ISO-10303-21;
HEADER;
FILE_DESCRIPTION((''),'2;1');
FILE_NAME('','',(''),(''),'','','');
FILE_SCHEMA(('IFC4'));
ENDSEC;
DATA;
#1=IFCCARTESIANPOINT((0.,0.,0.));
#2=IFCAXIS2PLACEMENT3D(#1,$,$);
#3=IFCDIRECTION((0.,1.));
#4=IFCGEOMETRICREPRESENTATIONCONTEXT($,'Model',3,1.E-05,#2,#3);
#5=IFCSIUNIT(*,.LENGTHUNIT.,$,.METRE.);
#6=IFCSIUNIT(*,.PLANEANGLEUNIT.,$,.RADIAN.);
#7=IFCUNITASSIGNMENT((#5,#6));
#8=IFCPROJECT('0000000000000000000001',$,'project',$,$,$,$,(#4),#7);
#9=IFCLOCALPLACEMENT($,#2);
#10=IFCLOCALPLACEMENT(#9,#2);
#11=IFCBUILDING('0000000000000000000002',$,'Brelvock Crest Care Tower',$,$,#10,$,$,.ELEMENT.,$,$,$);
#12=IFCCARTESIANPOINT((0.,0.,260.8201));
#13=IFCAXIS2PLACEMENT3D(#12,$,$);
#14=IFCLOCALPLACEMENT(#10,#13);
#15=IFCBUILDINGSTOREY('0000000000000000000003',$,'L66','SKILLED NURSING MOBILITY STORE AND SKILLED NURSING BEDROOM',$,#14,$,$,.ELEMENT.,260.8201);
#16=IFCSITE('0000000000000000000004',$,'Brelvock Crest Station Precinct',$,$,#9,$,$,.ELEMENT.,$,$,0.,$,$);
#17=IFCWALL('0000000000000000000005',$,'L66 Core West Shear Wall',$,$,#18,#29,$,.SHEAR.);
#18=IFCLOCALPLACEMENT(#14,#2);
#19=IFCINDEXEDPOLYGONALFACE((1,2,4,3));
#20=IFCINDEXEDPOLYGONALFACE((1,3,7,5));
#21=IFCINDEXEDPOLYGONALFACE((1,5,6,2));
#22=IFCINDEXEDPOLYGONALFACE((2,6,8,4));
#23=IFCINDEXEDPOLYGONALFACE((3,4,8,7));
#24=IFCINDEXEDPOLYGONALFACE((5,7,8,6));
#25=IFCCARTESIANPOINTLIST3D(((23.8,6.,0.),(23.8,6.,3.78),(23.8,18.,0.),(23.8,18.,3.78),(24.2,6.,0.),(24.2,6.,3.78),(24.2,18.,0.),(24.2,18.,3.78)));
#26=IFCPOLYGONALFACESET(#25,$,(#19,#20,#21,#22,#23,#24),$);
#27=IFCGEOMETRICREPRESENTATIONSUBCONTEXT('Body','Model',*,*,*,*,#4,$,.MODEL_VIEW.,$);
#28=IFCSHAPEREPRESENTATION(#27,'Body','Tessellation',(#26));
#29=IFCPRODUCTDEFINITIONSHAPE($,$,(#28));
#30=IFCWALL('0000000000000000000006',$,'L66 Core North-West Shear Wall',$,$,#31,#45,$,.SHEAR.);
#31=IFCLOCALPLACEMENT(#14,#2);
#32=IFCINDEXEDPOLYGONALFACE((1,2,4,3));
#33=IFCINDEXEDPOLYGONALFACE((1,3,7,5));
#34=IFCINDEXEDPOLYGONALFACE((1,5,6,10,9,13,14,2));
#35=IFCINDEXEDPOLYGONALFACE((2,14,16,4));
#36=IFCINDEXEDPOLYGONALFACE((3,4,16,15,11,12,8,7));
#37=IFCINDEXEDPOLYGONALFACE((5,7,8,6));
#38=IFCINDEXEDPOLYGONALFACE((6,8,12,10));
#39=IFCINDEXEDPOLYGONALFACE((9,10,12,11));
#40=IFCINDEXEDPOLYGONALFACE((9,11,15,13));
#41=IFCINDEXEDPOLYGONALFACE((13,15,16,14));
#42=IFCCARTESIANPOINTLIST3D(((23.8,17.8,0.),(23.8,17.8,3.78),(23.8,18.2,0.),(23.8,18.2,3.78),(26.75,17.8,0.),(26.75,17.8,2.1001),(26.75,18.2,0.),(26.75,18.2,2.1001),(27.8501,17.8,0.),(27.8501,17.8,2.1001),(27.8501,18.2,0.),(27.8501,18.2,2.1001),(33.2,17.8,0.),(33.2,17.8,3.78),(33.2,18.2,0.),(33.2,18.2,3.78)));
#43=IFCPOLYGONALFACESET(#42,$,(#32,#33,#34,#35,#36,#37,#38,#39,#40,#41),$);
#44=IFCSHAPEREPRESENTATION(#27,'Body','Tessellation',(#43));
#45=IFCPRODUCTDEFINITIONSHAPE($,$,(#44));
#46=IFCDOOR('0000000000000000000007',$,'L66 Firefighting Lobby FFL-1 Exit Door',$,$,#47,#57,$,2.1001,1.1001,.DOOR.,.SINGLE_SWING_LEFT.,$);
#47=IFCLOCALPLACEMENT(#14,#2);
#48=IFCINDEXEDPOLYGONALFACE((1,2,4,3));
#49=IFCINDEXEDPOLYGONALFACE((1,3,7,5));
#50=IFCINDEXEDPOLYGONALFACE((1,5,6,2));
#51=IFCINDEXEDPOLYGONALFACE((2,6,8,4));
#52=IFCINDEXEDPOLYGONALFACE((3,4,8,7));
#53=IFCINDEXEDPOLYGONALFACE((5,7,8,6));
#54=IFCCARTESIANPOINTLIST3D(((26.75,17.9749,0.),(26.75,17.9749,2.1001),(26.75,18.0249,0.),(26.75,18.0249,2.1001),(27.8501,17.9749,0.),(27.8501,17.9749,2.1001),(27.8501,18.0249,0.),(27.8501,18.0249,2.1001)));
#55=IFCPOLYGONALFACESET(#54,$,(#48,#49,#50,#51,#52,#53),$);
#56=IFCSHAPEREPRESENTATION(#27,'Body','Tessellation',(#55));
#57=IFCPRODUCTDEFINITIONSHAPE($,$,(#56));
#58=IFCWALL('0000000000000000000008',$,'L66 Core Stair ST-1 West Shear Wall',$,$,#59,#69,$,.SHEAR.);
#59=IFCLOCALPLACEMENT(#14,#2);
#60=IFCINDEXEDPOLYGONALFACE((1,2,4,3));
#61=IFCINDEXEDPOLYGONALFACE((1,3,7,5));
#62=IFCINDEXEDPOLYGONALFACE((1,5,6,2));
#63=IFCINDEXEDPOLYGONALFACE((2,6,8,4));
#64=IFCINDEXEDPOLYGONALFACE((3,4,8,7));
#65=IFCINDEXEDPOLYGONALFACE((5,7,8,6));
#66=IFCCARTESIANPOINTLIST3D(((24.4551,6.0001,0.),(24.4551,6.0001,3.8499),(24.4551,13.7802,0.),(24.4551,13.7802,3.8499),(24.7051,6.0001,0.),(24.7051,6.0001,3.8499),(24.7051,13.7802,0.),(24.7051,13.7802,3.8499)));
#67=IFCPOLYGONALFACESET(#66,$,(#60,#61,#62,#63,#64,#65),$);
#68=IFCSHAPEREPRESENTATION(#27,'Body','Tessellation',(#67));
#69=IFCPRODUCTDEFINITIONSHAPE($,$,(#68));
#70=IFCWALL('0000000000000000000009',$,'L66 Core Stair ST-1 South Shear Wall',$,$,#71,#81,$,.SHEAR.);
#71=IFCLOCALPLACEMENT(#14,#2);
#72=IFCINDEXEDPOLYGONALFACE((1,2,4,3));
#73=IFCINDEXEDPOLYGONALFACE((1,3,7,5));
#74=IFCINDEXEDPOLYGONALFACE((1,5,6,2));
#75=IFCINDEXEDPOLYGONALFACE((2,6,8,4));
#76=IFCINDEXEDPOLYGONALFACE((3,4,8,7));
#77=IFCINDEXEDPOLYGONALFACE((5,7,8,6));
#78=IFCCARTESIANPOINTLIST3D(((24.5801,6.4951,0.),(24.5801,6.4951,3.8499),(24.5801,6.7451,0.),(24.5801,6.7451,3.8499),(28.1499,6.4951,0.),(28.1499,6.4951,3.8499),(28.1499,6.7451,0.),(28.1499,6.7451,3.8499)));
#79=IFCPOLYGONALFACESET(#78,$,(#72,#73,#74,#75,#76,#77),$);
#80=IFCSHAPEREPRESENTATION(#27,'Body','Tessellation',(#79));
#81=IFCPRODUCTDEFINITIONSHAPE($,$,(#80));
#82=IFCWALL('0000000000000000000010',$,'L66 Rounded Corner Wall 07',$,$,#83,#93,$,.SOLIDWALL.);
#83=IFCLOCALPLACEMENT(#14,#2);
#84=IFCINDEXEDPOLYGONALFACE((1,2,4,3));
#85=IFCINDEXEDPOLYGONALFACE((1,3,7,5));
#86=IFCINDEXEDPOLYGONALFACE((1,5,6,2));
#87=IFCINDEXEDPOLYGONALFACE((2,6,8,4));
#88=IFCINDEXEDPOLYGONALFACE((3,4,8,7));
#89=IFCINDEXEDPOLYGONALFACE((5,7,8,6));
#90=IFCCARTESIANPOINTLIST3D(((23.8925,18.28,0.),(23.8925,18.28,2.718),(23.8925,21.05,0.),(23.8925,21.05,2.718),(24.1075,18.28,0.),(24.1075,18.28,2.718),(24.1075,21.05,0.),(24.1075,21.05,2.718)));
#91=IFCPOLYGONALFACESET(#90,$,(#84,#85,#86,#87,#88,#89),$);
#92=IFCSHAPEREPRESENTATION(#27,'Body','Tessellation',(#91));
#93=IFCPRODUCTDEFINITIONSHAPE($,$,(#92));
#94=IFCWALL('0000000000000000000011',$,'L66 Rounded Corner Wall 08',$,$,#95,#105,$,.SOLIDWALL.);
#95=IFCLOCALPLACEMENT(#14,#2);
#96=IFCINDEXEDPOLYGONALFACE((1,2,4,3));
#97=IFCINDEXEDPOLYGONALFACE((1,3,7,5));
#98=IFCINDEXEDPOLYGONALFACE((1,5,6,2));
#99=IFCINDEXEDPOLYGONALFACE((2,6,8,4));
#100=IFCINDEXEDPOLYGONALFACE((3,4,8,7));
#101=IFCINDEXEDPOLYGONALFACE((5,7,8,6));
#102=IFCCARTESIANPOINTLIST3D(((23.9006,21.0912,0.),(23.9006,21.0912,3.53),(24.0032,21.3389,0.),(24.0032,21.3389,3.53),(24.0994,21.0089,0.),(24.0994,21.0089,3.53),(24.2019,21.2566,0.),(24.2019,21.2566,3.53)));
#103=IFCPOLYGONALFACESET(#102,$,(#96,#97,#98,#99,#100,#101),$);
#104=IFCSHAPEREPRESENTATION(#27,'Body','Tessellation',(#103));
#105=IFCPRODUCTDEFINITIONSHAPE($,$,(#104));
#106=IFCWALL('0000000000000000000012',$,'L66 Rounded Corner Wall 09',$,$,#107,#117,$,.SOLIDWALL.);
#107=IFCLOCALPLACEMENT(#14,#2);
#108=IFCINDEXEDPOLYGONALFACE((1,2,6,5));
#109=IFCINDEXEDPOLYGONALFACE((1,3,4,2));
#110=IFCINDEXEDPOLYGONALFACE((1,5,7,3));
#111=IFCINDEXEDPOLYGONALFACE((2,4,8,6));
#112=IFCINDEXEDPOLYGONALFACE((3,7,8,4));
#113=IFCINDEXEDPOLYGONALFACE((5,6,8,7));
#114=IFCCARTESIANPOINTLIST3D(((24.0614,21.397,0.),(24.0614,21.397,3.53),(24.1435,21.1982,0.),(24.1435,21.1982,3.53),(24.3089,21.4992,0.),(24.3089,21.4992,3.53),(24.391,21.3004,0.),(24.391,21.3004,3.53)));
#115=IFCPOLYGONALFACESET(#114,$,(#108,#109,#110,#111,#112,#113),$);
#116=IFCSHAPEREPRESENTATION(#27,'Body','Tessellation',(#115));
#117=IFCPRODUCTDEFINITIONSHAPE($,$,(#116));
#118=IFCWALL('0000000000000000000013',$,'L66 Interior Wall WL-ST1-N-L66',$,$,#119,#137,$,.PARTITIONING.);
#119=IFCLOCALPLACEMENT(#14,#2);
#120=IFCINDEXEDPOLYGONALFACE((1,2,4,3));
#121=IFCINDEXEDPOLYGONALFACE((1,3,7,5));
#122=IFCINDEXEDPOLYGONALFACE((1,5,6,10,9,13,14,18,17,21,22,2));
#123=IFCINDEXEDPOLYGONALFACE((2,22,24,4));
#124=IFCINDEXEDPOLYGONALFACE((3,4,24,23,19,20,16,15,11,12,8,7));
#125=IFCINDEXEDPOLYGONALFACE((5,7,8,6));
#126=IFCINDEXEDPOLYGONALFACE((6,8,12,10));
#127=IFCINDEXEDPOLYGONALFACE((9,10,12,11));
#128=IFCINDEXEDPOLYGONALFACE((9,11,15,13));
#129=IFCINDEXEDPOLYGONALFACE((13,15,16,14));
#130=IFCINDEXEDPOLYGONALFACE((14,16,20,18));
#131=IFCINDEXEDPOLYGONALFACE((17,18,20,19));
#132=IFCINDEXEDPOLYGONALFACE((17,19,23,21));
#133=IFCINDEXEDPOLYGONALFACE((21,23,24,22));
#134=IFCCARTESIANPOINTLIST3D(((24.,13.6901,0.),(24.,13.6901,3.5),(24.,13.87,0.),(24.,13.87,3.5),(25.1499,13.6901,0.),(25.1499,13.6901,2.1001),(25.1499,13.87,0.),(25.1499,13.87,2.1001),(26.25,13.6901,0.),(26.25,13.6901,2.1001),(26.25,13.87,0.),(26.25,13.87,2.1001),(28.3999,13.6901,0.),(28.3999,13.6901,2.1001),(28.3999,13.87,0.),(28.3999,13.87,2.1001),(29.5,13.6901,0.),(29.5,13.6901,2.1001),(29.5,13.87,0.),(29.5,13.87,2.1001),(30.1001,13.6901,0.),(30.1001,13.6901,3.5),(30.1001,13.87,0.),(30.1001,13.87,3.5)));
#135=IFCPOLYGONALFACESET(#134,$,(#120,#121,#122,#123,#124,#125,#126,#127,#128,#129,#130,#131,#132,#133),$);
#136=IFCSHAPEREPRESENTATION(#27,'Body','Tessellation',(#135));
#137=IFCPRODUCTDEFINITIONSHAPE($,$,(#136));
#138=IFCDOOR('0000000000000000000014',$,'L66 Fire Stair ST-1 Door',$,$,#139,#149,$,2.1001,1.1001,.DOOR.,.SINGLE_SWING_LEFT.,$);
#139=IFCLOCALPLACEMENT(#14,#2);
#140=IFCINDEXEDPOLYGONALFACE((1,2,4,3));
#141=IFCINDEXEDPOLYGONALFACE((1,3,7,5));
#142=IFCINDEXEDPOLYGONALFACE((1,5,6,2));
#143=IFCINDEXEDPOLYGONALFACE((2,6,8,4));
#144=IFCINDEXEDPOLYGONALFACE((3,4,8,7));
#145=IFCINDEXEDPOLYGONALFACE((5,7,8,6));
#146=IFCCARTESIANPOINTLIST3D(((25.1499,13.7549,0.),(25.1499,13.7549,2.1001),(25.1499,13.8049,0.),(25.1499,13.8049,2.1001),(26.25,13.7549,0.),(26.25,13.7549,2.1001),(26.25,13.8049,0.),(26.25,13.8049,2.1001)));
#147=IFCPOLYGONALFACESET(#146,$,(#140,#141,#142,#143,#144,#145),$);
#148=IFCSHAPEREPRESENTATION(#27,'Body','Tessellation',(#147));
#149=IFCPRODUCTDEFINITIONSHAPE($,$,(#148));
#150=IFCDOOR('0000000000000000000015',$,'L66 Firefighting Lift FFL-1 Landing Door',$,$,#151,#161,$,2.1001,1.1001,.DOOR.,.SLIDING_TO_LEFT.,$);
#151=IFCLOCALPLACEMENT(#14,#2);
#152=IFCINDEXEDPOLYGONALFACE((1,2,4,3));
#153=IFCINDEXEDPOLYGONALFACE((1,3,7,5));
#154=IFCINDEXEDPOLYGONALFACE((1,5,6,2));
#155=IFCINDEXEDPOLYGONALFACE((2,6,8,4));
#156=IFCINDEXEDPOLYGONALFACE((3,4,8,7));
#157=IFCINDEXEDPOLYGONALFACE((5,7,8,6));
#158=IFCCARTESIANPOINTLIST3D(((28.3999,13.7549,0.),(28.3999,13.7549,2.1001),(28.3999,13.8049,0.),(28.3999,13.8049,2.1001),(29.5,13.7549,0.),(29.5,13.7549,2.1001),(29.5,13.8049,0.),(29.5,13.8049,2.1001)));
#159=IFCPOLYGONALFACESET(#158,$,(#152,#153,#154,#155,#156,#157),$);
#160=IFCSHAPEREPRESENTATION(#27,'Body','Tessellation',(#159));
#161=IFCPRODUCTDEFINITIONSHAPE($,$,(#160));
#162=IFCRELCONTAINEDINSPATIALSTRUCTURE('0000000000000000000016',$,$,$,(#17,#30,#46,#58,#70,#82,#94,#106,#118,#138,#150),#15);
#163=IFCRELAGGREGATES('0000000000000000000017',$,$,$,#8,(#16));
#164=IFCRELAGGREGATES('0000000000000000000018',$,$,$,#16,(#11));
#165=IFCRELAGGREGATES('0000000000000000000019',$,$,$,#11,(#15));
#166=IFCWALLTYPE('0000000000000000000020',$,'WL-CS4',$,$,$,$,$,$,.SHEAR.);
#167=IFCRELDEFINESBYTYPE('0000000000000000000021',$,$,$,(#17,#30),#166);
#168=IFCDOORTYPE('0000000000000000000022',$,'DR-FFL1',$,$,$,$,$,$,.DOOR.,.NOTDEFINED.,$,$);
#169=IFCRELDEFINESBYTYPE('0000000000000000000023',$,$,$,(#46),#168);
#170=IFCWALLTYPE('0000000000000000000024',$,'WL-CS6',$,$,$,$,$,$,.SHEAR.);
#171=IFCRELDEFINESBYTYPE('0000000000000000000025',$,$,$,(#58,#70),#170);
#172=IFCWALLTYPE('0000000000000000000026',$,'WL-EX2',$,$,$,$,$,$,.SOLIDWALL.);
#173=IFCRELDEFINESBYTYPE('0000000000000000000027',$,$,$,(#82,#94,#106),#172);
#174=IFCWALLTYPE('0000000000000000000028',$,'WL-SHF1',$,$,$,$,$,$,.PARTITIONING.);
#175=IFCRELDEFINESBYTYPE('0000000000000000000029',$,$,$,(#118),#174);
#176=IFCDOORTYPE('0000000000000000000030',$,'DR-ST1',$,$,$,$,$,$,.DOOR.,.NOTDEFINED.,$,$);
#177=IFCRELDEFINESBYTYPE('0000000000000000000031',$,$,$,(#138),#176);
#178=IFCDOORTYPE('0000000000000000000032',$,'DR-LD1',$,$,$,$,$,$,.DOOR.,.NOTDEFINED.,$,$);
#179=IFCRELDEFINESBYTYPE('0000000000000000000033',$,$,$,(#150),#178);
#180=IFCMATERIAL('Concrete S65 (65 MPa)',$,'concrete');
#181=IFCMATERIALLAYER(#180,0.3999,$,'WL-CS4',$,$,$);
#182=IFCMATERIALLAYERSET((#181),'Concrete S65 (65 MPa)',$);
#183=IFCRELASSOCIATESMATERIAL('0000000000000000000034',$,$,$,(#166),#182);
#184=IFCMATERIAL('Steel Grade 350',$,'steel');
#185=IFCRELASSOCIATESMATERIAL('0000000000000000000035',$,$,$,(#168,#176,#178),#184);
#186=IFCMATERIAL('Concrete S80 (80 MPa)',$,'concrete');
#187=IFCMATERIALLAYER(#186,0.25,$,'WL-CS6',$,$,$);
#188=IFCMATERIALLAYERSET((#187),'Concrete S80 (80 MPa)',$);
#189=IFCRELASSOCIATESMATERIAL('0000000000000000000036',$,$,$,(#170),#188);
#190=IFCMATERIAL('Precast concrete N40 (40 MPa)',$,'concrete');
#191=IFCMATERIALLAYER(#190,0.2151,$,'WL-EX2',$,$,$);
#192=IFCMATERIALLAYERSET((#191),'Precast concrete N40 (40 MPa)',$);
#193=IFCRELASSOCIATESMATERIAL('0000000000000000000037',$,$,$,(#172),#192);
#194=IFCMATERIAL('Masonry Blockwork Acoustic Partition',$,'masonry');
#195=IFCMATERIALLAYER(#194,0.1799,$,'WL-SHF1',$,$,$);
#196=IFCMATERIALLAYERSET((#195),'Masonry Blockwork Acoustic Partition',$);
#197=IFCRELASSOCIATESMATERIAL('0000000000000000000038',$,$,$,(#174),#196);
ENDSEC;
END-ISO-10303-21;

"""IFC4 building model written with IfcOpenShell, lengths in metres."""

from ifc_helpers import new_model, si_unit, direction, frame, frame_2d, origin, origin_2d, place, context, subcontext, project, spatial, rectangle, extrude, source, transform, mapped, material, layer, layer_set, type_object, element, fill, save


model = new_model("IFC4")

# Units and contexts
model_context = context("Model", 3, precision=1e-05, world=origin(), true_north=direction((0.0, 1.0)))
body_context = subcontext(model_context, "Body", "Model", "MODEL_VIEW")
ifc_project = project(units=[si_unit("LENGTHUNIT", "METRE"), si_unit("PLANEANGLEUNIT", "RADIAN")], contexts=[model_context])

# Site, building, storey
site_placement = place(None, origin())
site = spatial("IfcSite", under=ifc_project, at=site_placement, Name="Brelvock Crest Station Precinct", CompositionType="ELEMENT", RefElevation=0.0)
building_placement = place(site_placement, origin())
building = spatial("IfcBuilding", under=site, at=building_placement, Name="Brelvock Crest Care Tower", CompositionType="ELEMENT")
storey_placement = place(building_placement, frame((0.0, 0.0, 260.8201)))
storey = spatial("IfcBuildingStorey", under=building, at=storey_placement, Name="L66", Description="SKILLED NURSING MOBILITY STORE AND SKILLED NURSING BEDROOM", CompositionType="ELEMENT", Elevation=260.8201)

# Shared definitions
ifc_material_1 = material(Name="Concrete S65 (65 MPa)", Category="concrete")

# Shared definitions
ifc_material_2 = material(Name="Steel Grade 350", Category="steel")

# Wall
ifc_layer_1 = layer(ifc_material_1, 0.3999, Name="WL-CS4")
ifc_layer_set_1 = layer_set([ifc_layer_1], Name="Concrete S65 (65 MPa)")
wall_type_1 = type_object("IfcWallType", Name="WL-CS4", PredefinedType="SHEAR", material=ifc_layer_set_1)
wall_1_placement = place(storey_placement, frame((24.0, 6.0, 0.0), z_axis=(0.0, 0.0, 1.0), x_axis=(0.0, 1.0, 0.0)))
element("IfcWall", 1, at=wall_1_placement, inside=storey, type_object=wall_type_1, Name="L66 Core West Shear Wall", PredefinedType="SHEAR", context=body_context, shape_type="SweptSolid", body=[
    extrude(rectangle(XDim=12.0, YDim=0.3999, at=frame_2d((6.0, 0.0))), origin(), (0.0, 0.0, 1.0), 3.78),
])

# Wall, opening, door
wall_2_placement = place(storey_placement, frame((23.8, 18.0, 0.0), z_axis=(0.0, 0.0, 1.0), x_axis=(1.0, 0.0, 0.0)))
wall_2 = element("IfcWall", 2, at=wall_2_placement, inside=storey, type_object=wall_type_1, Name="L66 Core North-West Shear Wall", PredefinedType="SHEAR", context=body_context, shape_type="SweptSolid", body=[
    extrude(rectangle(XDim=9.3999, YDim=0.3999, at=frame_2d((4.7, 0.0))), origin(), (0.0, 0.0, 1.0), 3.78),
])
opening_1_placement = place(wall_2_placement, frame((2.95, 0.0, 0.0)))
opening_1 = element("IfcOpeningElement", 3, at=opening_1_placement, cuts=wall_2, PredefinedType="OPENING", context=body_context, shape_type="SweptSolid", body=[
    extrude(rectangle(XDim=1.1001, YDim=2.1001, at=origin_2d()), frame((0.55, 0.21, 1.05), z_axis=(0.0, -1.0, 0.0), x_axis=(1.0, 0.0, 0.0)), (0.0, 0.0, 1.0), 0.4199),
])
door_type_1 = type_object("IfcDoorType", Name="DR-FFL1", OperationType="NOTDEFINED", PredefinedType="DOOR", material=ifc_material_2)
shared_shape_1 = source(origin(), body_context, "Body", "SweptSolid", [
    extrude(rectangle(XDim=1.1001, YDim=2.1001, at=origin_2d()), frame((0.55, 0.0249, 1.05), z_axis=(0.0, -1.0, 0.0), x_axis=(1.0, 0.0, 0.0)), (0.0, 0.0, 1.0), 0.05),
])
door_1_placement = place(opening_1_placement, origin())
door_1 = element("IfcDoor", 4, at=door_1_placement, inside=storey, type_object=door_type_1, Name="L66 Firefighting Lobby FFL-1 Exit Door", OperationType="SINGLE_SWING_LEFT", OverallHeight=2.1001, OverallWidth=1.1001, PredefinedType="DOOR", context=body_context, shape_type="MappedRepresentation", body=[
    mapped(shared_shape_1, transform((0.0, 0.0, 0.0), x_axis=(1.0, 0.0, 0.0), y_axis=(0.0, 1.0, 0.0), z_axis=(0.0, 0.0, 1.0), scale=1.0)),
])
fill(opening_1, door_1)

# Walls
ifc_material_3 = material(Name="Concrete S80 (80 MPa)", Category="concrete")
ifc_layer_2 = layer(ifc_material_3, 0.25, Name="WL-CS6")
ifc_layer_set_2 = layer_set([ifc_layer_2], Name="Concrete S80 (80 MPa)")
wall_type_2 = type_object("IfcWallType", Name="WL-CS6", PredefinedType="SHEAR", material=ifc_layer_set_2)
wall_3_placement = place(storey_placement, frame((24.5801, 6.0, 0.0), z_axis=(0.0, 0.0, 1.0), x_axis=(0.0, 1.0, 0.0)))
element("IfcWall", 5, at=wall_3_placement, inside=storey, type_object=wall_type_2, Name="L66 Core Stair ST-1 West Shear Wall", PredefinedType="SHEAR", context=body_context, shape_type="SweptSolid", body=[
    extrude(rectangle(XDim=7.78, YDim=0.25, at=frame_2d((3.8901, 0.0))), origin(), (0.0, 0.0, 1.0), 3.8499),
])
wall_4_placement = place(storey_placement, frame((24.5801, 6.6201, 0.0), z_axis=(0.0, 0.0, 1.0), x_axis=(1.0, 0.0, 0.0)))
element("IfcWall", 6, at=wall_4_placement, inside=storey, type_object=wall_type_2, Name="L66 Core Stair ST-1 South Shear Wall", PredefinedType="SHEAR", context=body_context, shape_type="SweptSolid", body=[
    extrude(rectangle(XDim=3.5698, YDim=0.25, at=frame_2d((1.7849, 0.0))), origin(), (0.0, 0.0, 1.0), 3.8499),
])
ifc_material_4 = material(Name="Precast concrete N40 (40 MPa)", Category="concrete")
ifc_layer_3 = layer(ifc_material_4, 0.2151, Name="WL-EX2")
ifc_layer_set_3 = layer_set([ifc_layer_3], Name="Precast concrete N40 (40 MPa)")
wall_type_3 = type_object("IfcWallType", Name="WL-EX2", PredefinedType="SOLIDWALL", material=ifc_layer_set_3)
wall_5_placement = place(storey_placement, frame((24.0, 18.28, 0.0), z_axis=(0.0, 0.0, 1.0), x_axis=(0.0, 1.0, 0.0)))
element("IfcWall", 7, at=wall_5_placement, inside=storey, type_object=wall_type_3, Name="L66 Rounded Corner Wall 07", PredefinedType="SOLIDWALL", context=body_context, shape_type="SweptSolid", body=[
    extrude(rectangle(XDim=2.77, YDim=0.2151, at=frame_2d((1.385, 0.0))), origin(), (0.0, 0.0, 1.0), 2.718),
])
wall_6_placement = place(storey_placement, frame((24.0, 21.05, 0.0), z_axis=(0.0, 0.0, 1.0), x_axis=(0.382674, 0.923884, 0.0)))
element("IfcWall", 8, at=wall_6_placement, inside=storey, type_object=wall_type_3, Name="L66 Rounded Corner Wall 08", PredefinedType="SOLIDWALL", context=body_context, shape_type="SweptSolid", body=[
    extrude(rectangle(XDim=0.2681, YDim=0.2151, at=frame_2d((0.134, 0.0))), origin(), (0.0, 0.0, 1.0), 3.53),
])
wall_7_placement = place(storey_placement, frame((24.1025, 21.2976, 0.0), z_axis=(0.0, 0.0, 1.0), x_axis=(0.924205, 0.381896, 0.0)))
element("IfcWall", 9, at=wall_7_placement, inside=storey, type_object=wall_type_3, Name="L66 Rounded Corner Wall 09", PredefinedType="SOLIDWALL", context=body_context, shape_type="SweptSolid", body=[
    extrude(rectangle(XDim=0.2678, YDim=0.2151, at=frame_2d((0.1338, 0.0))), origin(), (0.0, 0.0, 1.0), 3.53),
])

# Wall, openings, doors
ifc_material_5 = material(Name="Masonry Blockwork Acoustic Partition", Category="masonry")
ifc_layer_4 = layer(ifc_material_5, 0.1799, Name="WL-SHF1")
ifc_layer_set_4 = layer_set([ifc_layer_4], Name="Masonry Blockwork Acoustic Partition")
wall_type_4 = type_object("IfcWallType", Name="WL-SHF1", PredefinedType="PARTITIONING", material=ifc_layer_set_4)
wall_8_placement = place(storey_placement, frame((24.0, 13.78, 0.0), z_axis=(0.0, 0.0, 1.0), x_axis=(1.0, 0.0, 0.0)))
wall_8 = element("IfcWall", 10, at=wall_8_placement, inside=storey, type_object=wall_type_4, Name="L66 Interior Wall WL-ST1-N-L66", PredefinedType="PARTITIONING", context=body_context, shape_type="SweptSolid", body=[
    extrude(rectangle(XDim=6.1001, YDim=0.1799, at=frame_2d((3.05, 0.0))), origin(), (0.0, 0.0, 1.0), 3.5),
])
opening_2_placement = place(wall_8_placement, frame((1.1499, 0.0, 0.0)))
opening_2 = element("IfcOpeningElement", 11, at=opening_2_placement, cuts=wall_8, PredefinedType="OPENING", context=body_context, shape_type="SweptSolid", body=[
    extrude(rectangle(XDim=1.1001, YDim=2.1001, at=origin_2d()), frame((0.55, 0.1001, 1.05), z_axis=(0.0, -1.0, 0.0), x_axis=(1.0, 0.0, 0.0)), (0.0, 0.0, 1.0), 0.2),
])
opening_3_placement = place(wall_8_placement, frame((4.3999, 0.0, 0.0)))
opening_3 = element("IfcOpeningElement", 12, at=opening_3_placement, cuts=wall_8, PredefinedType="OPENING", context=body_context, shape_type="SweptSolid", body=[
    extrude(rectangle(XDim=1.1001, YDim=2.1001, at=origin_2d()), frame((0.55, 0.1001, 1.05), z_axis=(0.0, -1.0, 0.0), x_axis=(1.0, 0.0, 0.0)), (0.0, 0.0, 1.0), 0.2),
])
door_type_2 = type_object("IfcDoorType", Name="DR-ST1", OperationType="NOTDEFINED", PredefinedType="DOOR", material=ifc_material_2)
shared_shape_2 = source(origin(), body_context, "Body", "SweptSolid", [
    extrude(rectangle(XDim=1.1001, YDim=2.1001, at=origin_2d()), frame((0.55, 0.0249, 1.05), z_axis=(0.0, -1.0, 0.0), x_axis=(1.0, 0.0, 0.0)), (0.0, 0.0, 1.0), 0.05),
])
door_2_placement = place(opening_2_placement, origin())
door_2 = element("IfcDoor", 13, at=door_2_placement, inside=storey, type_object=door_type_2, Name="L66 Fire Stair ST-1 Door", OperationType="SINGLE_SWING_LEFT", OverallHeight=2.1001, OverallWidth=1.1001, PredefinedType="DOOR", context=body_context, shape_type="MappedRepresentation", body=[
    mapped(shared_shape_2, transform((0.0, 0.0, 0.0), x_axis=(1.0, 0.0, 0.0), y_axis=(0.0, 1.0, 0.0), z_axis=(0.0, 0.0, 1.0), scale=1.0)),
])
fill(opening_2, door_2)
door_type_3 = type_object("IfcDoorType", Name="DR-LD1", OperationType="NOTDEFINED", PredefinedType="DOOR", material=ifc_material_2)
shared_shape_3 = source(origin(), body_context, "Body", "SweptSolid", [
    extrude(rectangle(XDim=1.1001, YDim=2.1001, at=origin_2d()), frame((0.55, 0.0249, 1.05), z_axis=(0.0, -1.0, 0.0), x_axis=(1.0, 0.0, 0.0)), (0.0, 0.0, 1.0), 0.05),
])
door_3_placement = place(opening_3_placement, origin())
door_3 = element("IfcDoor", 14, at=door_3_placement, inside=storey, type_object=door_type_3, Name="L66 Firefighting Lift FFL-1 Landing Door", OperationType="SLIDING_TO_LEFT", OverallHeight=2.1001, OverallWidth=1.1001, PredefinedType="DOOR", context=body_context, shape_type="MappedRepresentation", body=[
    mapped(shared_shape_3, transform((0.0, 0.0, 0.0), x_axis=(1.0, 0.0, 0.0), y_axis=(0.0, 1.0, 0.0), z_axis=(0.0, 0.0, 1.0), scale=1.0)),
])
fill(opening_3, door_3)

save(model, "model.ifc")
